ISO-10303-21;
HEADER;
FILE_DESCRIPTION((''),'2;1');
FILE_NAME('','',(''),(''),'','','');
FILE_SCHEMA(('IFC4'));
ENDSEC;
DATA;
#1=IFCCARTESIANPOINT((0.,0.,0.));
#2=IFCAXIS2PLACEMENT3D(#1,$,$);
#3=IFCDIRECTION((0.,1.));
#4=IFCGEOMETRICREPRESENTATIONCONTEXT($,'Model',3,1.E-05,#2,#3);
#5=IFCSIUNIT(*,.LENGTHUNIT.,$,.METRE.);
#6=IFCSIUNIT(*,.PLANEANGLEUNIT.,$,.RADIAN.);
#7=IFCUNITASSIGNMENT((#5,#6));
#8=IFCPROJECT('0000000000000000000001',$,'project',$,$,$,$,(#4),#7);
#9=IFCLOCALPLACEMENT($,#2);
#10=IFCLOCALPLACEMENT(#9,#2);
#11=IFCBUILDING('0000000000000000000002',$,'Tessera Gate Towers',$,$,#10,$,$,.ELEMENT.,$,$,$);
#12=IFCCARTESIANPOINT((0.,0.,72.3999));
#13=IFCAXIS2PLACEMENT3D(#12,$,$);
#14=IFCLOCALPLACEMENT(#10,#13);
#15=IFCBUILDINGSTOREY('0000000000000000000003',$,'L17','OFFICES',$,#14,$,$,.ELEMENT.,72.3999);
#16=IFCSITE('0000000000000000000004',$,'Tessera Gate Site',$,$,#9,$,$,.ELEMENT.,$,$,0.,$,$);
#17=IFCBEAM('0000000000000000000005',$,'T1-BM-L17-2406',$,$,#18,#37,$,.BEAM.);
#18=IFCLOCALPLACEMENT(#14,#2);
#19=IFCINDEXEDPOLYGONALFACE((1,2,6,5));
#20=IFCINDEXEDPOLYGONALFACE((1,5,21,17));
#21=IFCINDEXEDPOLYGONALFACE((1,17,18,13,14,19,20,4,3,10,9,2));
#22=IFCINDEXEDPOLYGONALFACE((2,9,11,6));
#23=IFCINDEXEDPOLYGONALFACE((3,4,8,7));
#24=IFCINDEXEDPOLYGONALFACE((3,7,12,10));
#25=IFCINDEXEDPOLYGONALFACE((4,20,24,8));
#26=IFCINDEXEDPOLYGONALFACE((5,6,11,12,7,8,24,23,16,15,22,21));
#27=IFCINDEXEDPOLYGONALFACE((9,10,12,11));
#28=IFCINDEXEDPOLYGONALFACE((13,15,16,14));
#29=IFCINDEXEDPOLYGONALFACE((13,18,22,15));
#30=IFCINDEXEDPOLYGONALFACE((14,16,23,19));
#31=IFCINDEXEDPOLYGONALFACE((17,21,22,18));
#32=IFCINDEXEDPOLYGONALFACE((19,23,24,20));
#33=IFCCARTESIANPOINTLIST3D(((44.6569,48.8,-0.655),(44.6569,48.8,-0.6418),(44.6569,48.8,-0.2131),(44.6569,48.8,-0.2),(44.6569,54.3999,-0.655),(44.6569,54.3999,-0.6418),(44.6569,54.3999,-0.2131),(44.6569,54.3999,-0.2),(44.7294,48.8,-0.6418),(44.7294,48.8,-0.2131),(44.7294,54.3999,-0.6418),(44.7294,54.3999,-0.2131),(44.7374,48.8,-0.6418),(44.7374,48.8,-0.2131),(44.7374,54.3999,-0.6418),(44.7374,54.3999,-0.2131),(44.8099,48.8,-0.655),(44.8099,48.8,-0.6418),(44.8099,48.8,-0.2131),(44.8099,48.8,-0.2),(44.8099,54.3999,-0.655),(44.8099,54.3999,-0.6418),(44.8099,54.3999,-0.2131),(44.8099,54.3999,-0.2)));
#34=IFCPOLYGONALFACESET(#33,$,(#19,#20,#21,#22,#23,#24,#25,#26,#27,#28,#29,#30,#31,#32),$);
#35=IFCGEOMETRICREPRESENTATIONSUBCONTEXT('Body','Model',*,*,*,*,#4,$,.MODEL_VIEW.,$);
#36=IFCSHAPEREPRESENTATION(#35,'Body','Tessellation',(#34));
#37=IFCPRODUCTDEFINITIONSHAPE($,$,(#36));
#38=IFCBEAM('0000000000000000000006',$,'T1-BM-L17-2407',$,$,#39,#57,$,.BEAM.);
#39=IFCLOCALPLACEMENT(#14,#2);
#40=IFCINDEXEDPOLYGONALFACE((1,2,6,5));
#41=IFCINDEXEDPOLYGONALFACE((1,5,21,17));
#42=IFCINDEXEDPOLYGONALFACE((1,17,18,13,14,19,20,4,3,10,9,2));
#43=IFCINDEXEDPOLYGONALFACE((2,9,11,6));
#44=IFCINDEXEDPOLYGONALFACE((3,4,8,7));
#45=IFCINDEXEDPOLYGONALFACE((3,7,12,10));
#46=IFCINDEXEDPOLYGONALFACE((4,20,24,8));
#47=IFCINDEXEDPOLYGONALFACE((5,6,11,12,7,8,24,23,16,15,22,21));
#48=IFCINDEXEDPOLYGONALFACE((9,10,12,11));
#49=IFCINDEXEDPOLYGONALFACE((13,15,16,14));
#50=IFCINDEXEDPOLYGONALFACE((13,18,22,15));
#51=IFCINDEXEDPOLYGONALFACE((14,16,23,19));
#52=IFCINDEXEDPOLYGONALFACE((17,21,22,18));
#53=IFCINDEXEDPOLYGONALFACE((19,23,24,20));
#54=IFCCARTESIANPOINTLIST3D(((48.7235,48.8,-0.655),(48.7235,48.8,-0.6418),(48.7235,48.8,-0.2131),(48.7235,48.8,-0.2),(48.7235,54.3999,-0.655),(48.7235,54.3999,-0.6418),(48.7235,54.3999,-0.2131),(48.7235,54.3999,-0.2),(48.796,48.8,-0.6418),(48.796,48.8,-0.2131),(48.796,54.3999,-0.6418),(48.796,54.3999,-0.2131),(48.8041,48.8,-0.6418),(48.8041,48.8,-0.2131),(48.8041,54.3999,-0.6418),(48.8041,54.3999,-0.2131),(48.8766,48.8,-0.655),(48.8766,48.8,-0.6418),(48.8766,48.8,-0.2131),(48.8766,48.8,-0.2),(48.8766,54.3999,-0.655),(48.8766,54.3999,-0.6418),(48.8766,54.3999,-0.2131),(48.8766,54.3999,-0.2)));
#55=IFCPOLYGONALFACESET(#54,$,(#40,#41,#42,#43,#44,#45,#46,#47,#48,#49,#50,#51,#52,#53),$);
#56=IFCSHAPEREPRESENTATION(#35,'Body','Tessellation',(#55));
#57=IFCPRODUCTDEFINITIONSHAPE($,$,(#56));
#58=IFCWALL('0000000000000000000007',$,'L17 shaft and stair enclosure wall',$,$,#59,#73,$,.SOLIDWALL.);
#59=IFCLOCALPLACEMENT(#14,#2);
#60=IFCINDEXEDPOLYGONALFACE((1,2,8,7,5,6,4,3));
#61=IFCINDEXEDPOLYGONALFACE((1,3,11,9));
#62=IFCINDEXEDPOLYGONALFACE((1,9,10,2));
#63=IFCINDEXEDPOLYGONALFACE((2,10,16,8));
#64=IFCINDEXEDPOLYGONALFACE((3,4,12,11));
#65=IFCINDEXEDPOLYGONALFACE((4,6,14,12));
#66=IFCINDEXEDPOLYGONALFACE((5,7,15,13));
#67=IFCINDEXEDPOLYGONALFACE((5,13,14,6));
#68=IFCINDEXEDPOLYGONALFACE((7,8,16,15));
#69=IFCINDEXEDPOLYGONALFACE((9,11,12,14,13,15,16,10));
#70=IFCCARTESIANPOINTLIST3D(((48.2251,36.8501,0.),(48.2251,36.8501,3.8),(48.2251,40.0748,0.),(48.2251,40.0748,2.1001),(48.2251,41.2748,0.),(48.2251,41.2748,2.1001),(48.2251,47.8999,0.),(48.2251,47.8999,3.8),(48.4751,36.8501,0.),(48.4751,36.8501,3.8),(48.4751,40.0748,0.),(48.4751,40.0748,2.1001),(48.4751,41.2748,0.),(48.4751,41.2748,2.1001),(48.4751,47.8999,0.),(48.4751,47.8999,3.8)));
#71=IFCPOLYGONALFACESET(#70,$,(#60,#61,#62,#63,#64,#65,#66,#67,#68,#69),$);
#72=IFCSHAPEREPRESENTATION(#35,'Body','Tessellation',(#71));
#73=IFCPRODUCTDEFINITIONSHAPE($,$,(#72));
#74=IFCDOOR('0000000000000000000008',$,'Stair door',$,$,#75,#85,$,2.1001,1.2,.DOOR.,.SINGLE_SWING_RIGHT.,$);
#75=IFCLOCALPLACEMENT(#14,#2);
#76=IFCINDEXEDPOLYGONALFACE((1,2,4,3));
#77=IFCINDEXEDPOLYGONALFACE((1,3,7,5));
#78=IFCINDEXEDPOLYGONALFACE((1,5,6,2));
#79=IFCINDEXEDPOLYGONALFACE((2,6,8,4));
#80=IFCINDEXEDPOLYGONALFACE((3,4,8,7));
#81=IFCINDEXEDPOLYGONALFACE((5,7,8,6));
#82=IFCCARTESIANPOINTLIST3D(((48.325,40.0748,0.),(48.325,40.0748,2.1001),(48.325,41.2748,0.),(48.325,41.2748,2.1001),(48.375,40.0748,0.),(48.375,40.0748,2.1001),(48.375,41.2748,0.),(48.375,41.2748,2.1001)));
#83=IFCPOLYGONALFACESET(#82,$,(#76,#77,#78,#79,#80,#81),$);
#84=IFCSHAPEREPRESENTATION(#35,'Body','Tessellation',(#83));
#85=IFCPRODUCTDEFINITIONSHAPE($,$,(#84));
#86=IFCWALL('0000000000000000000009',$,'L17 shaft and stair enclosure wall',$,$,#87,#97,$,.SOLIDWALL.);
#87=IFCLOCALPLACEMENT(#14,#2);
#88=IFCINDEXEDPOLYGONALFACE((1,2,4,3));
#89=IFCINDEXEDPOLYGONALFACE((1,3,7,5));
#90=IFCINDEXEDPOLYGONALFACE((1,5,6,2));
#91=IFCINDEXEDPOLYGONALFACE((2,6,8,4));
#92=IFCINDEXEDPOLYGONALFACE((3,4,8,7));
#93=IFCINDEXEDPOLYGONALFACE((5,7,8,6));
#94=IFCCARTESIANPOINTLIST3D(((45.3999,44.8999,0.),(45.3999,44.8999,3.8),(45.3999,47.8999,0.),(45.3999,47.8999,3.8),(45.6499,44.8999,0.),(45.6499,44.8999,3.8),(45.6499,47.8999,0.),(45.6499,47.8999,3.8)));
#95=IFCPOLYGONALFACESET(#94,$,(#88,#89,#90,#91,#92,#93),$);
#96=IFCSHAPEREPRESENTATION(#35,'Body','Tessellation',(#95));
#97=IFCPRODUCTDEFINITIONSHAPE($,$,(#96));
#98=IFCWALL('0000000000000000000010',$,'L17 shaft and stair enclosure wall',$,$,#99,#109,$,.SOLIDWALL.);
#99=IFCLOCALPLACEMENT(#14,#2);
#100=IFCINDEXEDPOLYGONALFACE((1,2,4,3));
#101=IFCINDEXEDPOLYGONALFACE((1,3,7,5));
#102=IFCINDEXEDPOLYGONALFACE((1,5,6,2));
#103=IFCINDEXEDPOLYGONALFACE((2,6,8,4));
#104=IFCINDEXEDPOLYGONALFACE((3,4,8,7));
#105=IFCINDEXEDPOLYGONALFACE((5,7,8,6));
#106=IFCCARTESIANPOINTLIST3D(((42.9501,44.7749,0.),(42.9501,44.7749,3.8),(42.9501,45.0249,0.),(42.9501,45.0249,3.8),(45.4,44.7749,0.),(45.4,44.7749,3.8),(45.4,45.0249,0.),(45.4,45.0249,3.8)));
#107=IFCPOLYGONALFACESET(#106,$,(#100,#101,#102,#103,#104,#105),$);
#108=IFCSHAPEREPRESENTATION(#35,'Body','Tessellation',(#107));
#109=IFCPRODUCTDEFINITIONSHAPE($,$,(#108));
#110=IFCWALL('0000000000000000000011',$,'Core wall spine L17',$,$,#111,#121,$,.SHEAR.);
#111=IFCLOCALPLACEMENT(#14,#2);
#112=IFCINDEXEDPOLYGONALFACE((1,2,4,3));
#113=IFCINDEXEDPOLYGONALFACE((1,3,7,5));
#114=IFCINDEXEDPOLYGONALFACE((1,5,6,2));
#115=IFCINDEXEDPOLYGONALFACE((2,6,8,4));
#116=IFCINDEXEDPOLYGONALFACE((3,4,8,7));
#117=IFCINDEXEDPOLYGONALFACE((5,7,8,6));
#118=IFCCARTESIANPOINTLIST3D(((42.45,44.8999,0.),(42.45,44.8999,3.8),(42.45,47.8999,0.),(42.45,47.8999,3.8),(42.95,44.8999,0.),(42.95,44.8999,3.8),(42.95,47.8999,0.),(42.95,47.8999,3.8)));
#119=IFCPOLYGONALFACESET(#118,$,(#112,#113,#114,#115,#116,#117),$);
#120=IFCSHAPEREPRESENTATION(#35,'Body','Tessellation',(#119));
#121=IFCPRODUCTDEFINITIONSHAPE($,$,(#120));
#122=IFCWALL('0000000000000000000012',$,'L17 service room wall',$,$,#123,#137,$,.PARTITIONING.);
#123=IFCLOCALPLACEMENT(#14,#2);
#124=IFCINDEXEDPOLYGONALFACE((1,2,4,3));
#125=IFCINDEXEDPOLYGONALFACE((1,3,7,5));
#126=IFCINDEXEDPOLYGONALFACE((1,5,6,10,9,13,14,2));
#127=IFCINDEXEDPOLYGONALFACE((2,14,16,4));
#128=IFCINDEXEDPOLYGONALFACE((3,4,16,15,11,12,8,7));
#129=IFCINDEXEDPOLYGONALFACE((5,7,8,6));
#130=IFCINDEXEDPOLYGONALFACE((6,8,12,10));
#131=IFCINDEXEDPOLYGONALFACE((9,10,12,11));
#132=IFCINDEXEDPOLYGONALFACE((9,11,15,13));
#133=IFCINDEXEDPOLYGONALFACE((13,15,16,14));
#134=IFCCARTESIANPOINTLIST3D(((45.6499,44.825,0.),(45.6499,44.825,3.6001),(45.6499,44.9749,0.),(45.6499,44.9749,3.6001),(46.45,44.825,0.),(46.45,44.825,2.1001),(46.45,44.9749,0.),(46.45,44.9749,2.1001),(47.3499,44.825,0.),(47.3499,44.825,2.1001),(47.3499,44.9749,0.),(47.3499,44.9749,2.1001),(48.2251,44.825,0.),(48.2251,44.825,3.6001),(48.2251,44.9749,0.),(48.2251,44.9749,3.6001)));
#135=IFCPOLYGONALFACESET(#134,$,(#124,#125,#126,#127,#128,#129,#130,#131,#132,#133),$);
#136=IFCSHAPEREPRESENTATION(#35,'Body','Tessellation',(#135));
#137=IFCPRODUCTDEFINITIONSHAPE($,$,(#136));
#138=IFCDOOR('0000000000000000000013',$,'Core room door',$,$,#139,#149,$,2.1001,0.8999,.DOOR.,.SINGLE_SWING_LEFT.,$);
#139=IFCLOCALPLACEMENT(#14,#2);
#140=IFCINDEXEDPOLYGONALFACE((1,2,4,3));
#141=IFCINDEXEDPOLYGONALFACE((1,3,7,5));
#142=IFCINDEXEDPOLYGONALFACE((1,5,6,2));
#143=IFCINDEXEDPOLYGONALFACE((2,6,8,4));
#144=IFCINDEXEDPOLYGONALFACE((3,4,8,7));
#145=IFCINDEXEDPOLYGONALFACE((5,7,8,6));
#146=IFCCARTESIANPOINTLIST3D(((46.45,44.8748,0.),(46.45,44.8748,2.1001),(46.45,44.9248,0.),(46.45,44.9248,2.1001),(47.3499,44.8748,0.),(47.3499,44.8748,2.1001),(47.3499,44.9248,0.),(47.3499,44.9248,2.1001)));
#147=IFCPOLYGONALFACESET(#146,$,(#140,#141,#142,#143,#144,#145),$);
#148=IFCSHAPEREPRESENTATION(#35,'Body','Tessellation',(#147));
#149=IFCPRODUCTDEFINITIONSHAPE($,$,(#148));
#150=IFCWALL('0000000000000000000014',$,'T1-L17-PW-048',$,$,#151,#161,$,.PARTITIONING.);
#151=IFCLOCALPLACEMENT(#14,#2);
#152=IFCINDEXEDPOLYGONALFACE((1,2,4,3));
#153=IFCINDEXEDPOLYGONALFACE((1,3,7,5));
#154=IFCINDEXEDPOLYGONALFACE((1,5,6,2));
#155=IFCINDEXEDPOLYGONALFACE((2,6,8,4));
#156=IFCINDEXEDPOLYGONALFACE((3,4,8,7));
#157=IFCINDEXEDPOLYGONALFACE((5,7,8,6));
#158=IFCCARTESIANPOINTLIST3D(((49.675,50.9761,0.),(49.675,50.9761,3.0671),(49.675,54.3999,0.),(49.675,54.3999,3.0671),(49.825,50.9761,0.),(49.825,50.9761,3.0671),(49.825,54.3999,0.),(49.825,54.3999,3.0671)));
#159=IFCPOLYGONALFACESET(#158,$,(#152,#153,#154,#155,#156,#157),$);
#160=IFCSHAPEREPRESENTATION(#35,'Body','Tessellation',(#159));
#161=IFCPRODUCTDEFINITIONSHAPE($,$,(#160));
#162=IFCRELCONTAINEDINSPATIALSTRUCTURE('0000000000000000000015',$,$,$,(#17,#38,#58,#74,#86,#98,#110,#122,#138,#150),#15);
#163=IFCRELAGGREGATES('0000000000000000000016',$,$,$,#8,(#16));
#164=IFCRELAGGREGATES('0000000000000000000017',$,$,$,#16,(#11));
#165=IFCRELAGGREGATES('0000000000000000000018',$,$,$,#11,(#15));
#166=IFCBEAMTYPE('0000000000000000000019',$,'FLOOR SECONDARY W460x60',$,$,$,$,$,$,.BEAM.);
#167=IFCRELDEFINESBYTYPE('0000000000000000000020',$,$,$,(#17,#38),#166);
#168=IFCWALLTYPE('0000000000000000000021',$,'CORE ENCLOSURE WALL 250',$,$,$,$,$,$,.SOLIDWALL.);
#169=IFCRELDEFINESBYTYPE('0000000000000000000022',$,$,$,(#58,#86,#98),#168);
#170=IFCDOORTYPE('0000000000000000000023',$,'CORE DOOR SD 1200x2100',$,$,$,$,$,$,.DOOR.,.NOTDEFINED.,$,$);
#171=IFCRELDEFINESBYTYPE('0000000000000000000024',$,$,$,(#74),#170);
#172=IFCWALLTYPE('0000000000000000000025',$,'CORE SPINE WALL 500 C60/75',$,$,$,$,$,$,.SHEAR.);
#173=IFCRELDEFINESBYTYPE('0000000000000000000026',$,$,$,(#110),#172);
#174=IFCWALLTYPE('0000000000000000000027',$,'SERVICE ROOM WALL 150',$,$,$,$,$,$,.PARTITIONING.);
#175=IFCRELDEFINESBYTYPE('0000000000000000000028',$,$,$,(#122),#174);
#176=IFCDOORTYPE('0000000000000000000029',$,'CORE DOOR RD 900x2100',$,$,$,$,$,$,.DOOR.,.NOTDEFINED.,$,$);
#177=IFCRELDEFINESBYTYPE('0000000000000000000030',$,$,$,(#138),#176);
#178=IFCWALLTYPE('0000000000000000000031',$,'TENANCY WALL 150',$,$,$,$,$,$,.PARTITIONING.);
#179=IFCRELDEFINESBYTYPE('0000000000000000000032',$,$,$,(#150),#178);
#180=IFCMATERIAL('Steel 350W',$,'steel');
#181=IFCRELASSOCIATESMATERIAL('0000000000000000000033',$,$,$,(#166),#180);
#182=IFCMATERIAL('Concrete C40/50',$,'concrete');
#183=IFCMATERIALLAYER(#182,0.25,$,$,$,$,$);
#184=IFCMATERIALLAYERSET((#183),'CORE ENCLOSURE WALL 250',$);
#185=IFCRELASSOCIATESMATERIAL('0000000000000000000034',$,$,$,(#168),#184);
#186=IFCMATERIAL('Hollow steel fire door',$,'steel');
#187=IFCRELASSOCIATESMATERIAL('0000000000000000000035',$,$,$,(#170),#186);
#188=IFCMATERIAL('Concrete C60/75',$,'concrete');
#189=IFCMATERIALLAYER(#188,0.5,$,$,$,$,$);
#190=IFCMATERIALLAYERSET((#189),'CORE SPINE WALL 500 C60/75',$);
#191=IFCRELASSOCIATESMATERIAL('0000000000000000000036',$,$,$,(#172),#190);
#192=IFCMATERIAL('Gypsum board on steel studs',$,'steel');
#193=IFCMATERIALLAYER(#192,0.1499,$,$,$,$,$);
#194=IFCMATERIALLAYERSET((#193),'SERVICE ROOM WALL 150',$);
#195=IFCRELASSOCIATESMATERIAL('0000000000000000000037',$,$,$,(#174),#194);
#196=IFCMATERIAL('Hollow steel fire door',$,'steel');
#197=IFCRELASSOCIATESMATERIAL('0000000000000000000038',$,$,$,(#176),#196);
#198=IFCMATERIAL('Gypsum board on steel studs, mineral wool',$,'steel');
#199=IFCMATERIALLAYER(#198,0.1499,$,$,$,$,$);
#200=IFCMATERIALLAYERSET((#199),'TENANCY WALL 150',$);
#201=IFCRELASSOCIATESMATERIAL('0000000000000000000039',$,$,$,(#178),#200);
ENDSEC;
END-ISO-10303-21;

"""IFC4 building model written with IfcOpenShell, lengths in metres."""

from ifc_helpers import new_model, si_unit, direction, frame, frame_2d, origin, origin_2d, place, context, subcontext, project, spatial, rectangle, i_section, extrude, source, transform, mapped, material, layer, layer_set, material_profile, profile_set, type_object, element, fill, save


model = new_model("IFC4")

# Units and contexts
model_context = context("Model", 3, precision=1e-05, world=origin(), true_north=direction((0.0, 1.0)))
body_context = subcontext(model_context, "Body", "Model", "MODEL_VIEW")
ifc_project = project(units=[si_unit("LENGTHUNIT", "METRE"), si_unit("PLANEANGLEUNIT", "RADIAN")], contexts=[model_context])

# Site, building, storey
site_placement = place(None, origin())
site = spatial("IfcSite", under=ifc_project, at=site_placement, Name="Tessera Gate Site", CompositionType="ELEMENT", RefElevation=0.0)
building_placement = place(site_placement, origin())
building = spatial("IfcBuilding", under=site, at=building_placement, Name="Tessera Gate Towers", CompositionType="ELEMENT")
storey_placement = place(building_placement, frame((0.0, 0.0, 72.3999)))
storey = spatial("IfcBuildingStorey", under=building, at=storey_placement, Name="L17", Description="OFFICES", CompositionType="ELEMENT", Elevation=72.3999)

# Beams
ifc_material_1 = material(Name="Steel 350W", Category="steel")
ifc_material_profile = material_profile(ifc_material_1, i_section(OverallWidth=0.1531, OverallDepth=0.4551, WebThickness=0.0081, FlangeThickness=0.0132, at=origin_2d()), Name="W460x60")
ifc_profile_set = profile_set([ifc_material_profile], Name="Steel 350W")
beam_type = type_object("IfcBeamType", Name="FLOOR SECONDARY W460x60", PredefinedType="BEAM", material=ifc_profile_set)
for number, where, z_axis, x_axis, name in (
    (1, (44.7334, 48.8, -0.4275), (0.0, 1.0, 0.0), (-1.0, 0.0, 0.0), "T1-BM-L17-2406"),
    (2, (48.8, 48.8, -0.4275), (0.0, 1.0, 0.0), (-1.0, 0.0, 0.0), "T1-BM-L17-2407"),
):
    element("IfcBeam", number, at=place(storey_placement, frame(where, z_axis=z_axis, x_axis=x_axis)), inside=storey, type_object=beam_type, Name=name, PredefinedType="BEAM", context=body_context, shape_type="SweptSolid", body=[
        extrude(i_section(OverallWidth=0.1531, OverallDepth=0.4551, WebThickness=0.0081, FlangeThickness=0.0132, at=origin_2d()), origin(), (0.0, 0.0, 1.0), 5.5999),
    ])

# Wall, opening, door
ifc_material_2 = material(Name="Concrete C40/50", Category="concrete")
ifc_layer_1 = layer(ifc_material_2, 0.25)
ifc_layer_set_1 = layer_set([ifc_layer_1], Name="CORE ENCLOSURE WALL 250")
wall_type_1 = type_object("IfcWallType", Name="CORE ENCLOSURE WALL 250", PredefinedType="SOLIDWALL", material=ifc_layer_set_1)
wall_1_placement = place(storey_placement, frame((48.3501, 47.8999, 0.0), z_axis=(0.0, 0.0, 1.0), x_axis=(0.0, -1.0, 0.0)))
wall_1 = element("IfcWall", 3, at=wall_1_placement, inside=storey, type_object=wall_type_1, Name="L17 shaft and stair enclosure wall", PredefinedType="SOLIDWALL", context=body_context, shape_type="SweptSolid", body=[
    extrude(rectangle(XDim=11.0498, YDim=0.25, at=frame_2d((5.5249, 0.0))), origin(), (0.0, 0.0, 1.0), 3.8),
])
shared_shape_1 = source(origin(), body_context, "Body", "SweptSolid", [
    extrude(rectangle(XDim=1.2, YDim=2.1001, at=frame_2d((0.6001, 1.05))), frame((0.0, 0.135, 0.0), z_axis=(0.0, -1.0, 0.0), x_axis=(1.0, 0.0, 0.0)), (0.0, 0.0, 1.0), 0.27),
])
opening_1_placement = place(wall_1_placement, frame((6.625, 0.0, 0.0)))
opening_1 = element("IfcOpeningElement", 4, at=opening_1_placement, cuts=wall_1, PredefinedType="OPENING", context=body_context, shape_type="MappedRepresentation", body=[
    mapped(shared_shape_1, transform((0.0, 0.0, 0.0), scale=1.0)),
])
ifc_material_3 = material(Name="Hollow steel fire door", Category="steel")
door_type_1 = type_object("IfcDoorType", Name="CORE DOOR SD 1200x2100", OperationType="NOTDEFINED", PredefinedType="DOOR", material=ifc_material_3)
shared_shape_2 = source(origin(), body_context, "Body", "SweptSolid", [
    extrude(rectangle(XDim=1.2, YDim=2.1001, at=frame_2d((0.6001, 1.05))), frame((0.0, 0.0249, 0.0), z_axis=(0.0, -1.0, 0.0), x_axis=(1.0, 0.0, 0.0)), (0.0, 0.0, 1.0), 0.05),
])
door_1_placement = place(opening_1_placement, origin())
door_1 = element("IfcDoor", 5, at=door_1_placement, inside=storey, type_object=door_type_1, Name="Stair door", OperationType="SINGLE_SWING_RIGHT", OverallHeight=2.1001, OverallWidth=1.2, PredefinedType="DOOR", context=body_context, shape_type="MappedRepresentation", body=[
    mapped(shared_shape_2, transform((0.0, 0.0, 0.0), scale=1.0)),
])
fill(opening_1, door_1)

# Walls
wall_2_placement = place(storey_placement, frame((45.5249, 44.8999, 0.0), z_axis=(0.0, 0.0, 1.0), x_axis=(0.0, 1.0, 0.0)))
element("IfcWall", 6, at=wall_2_placement, inside=storey, type_object=wall_type_1, Name="L17 shaft and stair enclosure wall", PredefinedType="SOLIDWALL", context=body_context, shape_type="SweptSolid", body=[
    extrude(rectangle(XDim=3.0, YDim=0.25, at=frame_2d((1.5, 0.0))), origin(), (0.0, 0.0, 1.0), 3.8),
])
wall_3_placement = place(storey_placement, frame((42.95, 44.8999, 0.0), z_axis=(0.0, 0.0, 1.0), x_axis=(1.0, 0.0, 0.0)))
element("IfcWall", 7, at=wall_3_placement, inside=storey, type_object=wall_type_1, Name="L17 shaft and stair enclosure wall", PredefinedType="SOLIDWALL", context=body_context, shape_type="SweptSolid", body=[
    extrude(rectangle(XDim=2.45, YDim=0.25, at=frame_2d((1.2251, 0.0))), origin(), (0.0, 0.0, 1.0), 3.8),
])
ifc_material_4 = material(Name="Concrete C60/75", Category="concrete")
ifc_layer_2 = layer(ifc_material_4, 0.5)
ifc_layer_set_2 = layer_set([ifc_layer_2], Name="CORE SPINE WALL 500 C60/75")
wall_type_2 = type_object("IfcWallType", Name="CORE SPINE WALL 500 C60/75", PredefinedType="SHEAR", material=ifc_layer_set_2)
wall_4_placement = place(storey_placement, frame((42.7, 44.8999, 0.0), z_axis=(0.0, 0.0, 1.0), x_axis=(0.0, 1.0, 0.0)))
element("IfcWall", 8, at=wall_4_placement, inside=storey, type_object=wall_type_2, Name="Core wall spine L17", PredefinedType="SHEAR", context=body_context, shape_type="SweptSolid", body=[
    extrude(rectangle(XDim=3.0, YDim=0.5, at=frame_2d((1.5, 0.0))), origin(), (0.0, 0.0, 1.0), 3.8),
])

# Wall, opening, door
ifc_material_5 = material(Name="Gypsum board on steel studs", Category="steel")
ifc_layer_3 = layer(ifc_material_5, 0.1499)
ifc_layer_set_3 = layer_set([ifc_layer_3], Name="SERVICE ROOM WALL 150")
wall_type_3 = type_object("IfcWallType", Name="SERVICE ROOM WALL 150", PredefinedType="PARTITIONING", material=ifc_layer_set_3)
wall_5_placement = place(storey_placement, frame((45.6499, 44.8999, 0.0), z_axis=(0.0, 0.0, 1.0), x_axis=(1.0, 0.0, 0.0)))
wall_5 = element("IfcWall", 9, at=wall_5_placement, inside=storey, type_object=wall_type_3, Name="L17 service room wall", PredefinedType="PARTITIONING", context=body_context, shape_type="SweptSolid", body=[
    extrude(rectangle(XDim=2.5752, YDim=0.1499, at=frame_2d((1.2876, 0.0))), origin(), (0.0, 0.0, 1.0), 3.6001),
])
shared_shape_3 = source(origin(), body_context, "Body", "SweptSolid", [
    extrude(rectangle(XDim=0.8999, YDim=2.1001, at=frame_2d((0.45, 1.05))), frame((0.0, 0.085, 0.0), z_axis=(0.0, -1.0, 0.0), x_axis=(1.0, 0.0, 0.0)), (0.0, 0.0, 1.0), 0.1699),
])
opening_2_placement = place(wall_5_placement, frame((0.8, 0.0, 0.0)))
opening_2 = element("IfcOpeningElement", 10, at=opening_2_placement, cuts=wall_5, PredefinedType="OPENING", context=body_context, shape_type="MappedRepresentation", body=[
    mapped(shared_shape_3, transform((0.0, 0.0, 0.0), scale=1.0)),
])
ifc_material_6 = material(Name="Hollow steel fire door", Category="steel")
door_type_2 = type_object("IfcDoorType", Name="CORE DOOR RD 900x2100", OperationType="NOTDEFINED", PredefinedType="DOOR", material=ifc_material_6)
shared_shape_4 = source(origin(), body_context, "Body", "SweptSolid", [
    extrude(rectangle(XDim=0.8999, YDim=2.1001, at=frame_2d((0.45, 1.05))), frame((0.0, 0.0249, 0.0), z_axis=(0.0, -1.0, 0.0), x_axis=(1.0, 0.0, 0.0)), (0.0, 0.0, 1.0), 0.05),
])
door_2_placement = place(opening_2_placement, origin())
door_2 = element("IfcDoor", 11, at=door_2_placement, inside=storey, type_object=door_type_2, Name="Core room door", OperationType="SINGLE_SWING_LEFT", OverallHeight=2.1001, OverallWidth=0.8999, PredefinedType="DOOR", context=body_context, shape_type="MappedRepresentation", body=[
    mapped(shared_shape_4, transform((0.0, 0.0, 0.0), scale=1.0)),
])
fill(opening_2, door_2)

# Wall
ifc_material_7 = material(Name="Gypsum board on steel studs, mineral wool", Category="steel")
ifc_layer_4 = layer(ifc_material_7, 0.1499)
ifc_layer_set_4 = layer_set([ifc_layer_4], Name="TENANCY WALL 150")
wall_type_4 = type_object("IfcWallType", Name="TENANCY WALL 150", PredefinedType="PARTITIONING", material=ifc_layer_set_4)
wall_6_placement = place(storey_placement, frame((49.75, 50.9761, 0.0), z_axis=(0.0, 0.0, 1.0), x_axis=(0.0, 1.0, 0.0)))
element("IfcWall", 12, at=wall_6_placement, inside=storey, type_object=wall_type_4, Name="T1-L17-PW-048", PredefinedType="PARTITIONING", context=body_context, shape_type="SweptSolid", body=[
    extrude(rectangle(XDim=3.4238, YDim=0.1499, at=frame_2d((1.7119, 0.0))), origin(), (0.0, 0.0, 1.0), 3.0671),
])

save(model, "model.ifc")
